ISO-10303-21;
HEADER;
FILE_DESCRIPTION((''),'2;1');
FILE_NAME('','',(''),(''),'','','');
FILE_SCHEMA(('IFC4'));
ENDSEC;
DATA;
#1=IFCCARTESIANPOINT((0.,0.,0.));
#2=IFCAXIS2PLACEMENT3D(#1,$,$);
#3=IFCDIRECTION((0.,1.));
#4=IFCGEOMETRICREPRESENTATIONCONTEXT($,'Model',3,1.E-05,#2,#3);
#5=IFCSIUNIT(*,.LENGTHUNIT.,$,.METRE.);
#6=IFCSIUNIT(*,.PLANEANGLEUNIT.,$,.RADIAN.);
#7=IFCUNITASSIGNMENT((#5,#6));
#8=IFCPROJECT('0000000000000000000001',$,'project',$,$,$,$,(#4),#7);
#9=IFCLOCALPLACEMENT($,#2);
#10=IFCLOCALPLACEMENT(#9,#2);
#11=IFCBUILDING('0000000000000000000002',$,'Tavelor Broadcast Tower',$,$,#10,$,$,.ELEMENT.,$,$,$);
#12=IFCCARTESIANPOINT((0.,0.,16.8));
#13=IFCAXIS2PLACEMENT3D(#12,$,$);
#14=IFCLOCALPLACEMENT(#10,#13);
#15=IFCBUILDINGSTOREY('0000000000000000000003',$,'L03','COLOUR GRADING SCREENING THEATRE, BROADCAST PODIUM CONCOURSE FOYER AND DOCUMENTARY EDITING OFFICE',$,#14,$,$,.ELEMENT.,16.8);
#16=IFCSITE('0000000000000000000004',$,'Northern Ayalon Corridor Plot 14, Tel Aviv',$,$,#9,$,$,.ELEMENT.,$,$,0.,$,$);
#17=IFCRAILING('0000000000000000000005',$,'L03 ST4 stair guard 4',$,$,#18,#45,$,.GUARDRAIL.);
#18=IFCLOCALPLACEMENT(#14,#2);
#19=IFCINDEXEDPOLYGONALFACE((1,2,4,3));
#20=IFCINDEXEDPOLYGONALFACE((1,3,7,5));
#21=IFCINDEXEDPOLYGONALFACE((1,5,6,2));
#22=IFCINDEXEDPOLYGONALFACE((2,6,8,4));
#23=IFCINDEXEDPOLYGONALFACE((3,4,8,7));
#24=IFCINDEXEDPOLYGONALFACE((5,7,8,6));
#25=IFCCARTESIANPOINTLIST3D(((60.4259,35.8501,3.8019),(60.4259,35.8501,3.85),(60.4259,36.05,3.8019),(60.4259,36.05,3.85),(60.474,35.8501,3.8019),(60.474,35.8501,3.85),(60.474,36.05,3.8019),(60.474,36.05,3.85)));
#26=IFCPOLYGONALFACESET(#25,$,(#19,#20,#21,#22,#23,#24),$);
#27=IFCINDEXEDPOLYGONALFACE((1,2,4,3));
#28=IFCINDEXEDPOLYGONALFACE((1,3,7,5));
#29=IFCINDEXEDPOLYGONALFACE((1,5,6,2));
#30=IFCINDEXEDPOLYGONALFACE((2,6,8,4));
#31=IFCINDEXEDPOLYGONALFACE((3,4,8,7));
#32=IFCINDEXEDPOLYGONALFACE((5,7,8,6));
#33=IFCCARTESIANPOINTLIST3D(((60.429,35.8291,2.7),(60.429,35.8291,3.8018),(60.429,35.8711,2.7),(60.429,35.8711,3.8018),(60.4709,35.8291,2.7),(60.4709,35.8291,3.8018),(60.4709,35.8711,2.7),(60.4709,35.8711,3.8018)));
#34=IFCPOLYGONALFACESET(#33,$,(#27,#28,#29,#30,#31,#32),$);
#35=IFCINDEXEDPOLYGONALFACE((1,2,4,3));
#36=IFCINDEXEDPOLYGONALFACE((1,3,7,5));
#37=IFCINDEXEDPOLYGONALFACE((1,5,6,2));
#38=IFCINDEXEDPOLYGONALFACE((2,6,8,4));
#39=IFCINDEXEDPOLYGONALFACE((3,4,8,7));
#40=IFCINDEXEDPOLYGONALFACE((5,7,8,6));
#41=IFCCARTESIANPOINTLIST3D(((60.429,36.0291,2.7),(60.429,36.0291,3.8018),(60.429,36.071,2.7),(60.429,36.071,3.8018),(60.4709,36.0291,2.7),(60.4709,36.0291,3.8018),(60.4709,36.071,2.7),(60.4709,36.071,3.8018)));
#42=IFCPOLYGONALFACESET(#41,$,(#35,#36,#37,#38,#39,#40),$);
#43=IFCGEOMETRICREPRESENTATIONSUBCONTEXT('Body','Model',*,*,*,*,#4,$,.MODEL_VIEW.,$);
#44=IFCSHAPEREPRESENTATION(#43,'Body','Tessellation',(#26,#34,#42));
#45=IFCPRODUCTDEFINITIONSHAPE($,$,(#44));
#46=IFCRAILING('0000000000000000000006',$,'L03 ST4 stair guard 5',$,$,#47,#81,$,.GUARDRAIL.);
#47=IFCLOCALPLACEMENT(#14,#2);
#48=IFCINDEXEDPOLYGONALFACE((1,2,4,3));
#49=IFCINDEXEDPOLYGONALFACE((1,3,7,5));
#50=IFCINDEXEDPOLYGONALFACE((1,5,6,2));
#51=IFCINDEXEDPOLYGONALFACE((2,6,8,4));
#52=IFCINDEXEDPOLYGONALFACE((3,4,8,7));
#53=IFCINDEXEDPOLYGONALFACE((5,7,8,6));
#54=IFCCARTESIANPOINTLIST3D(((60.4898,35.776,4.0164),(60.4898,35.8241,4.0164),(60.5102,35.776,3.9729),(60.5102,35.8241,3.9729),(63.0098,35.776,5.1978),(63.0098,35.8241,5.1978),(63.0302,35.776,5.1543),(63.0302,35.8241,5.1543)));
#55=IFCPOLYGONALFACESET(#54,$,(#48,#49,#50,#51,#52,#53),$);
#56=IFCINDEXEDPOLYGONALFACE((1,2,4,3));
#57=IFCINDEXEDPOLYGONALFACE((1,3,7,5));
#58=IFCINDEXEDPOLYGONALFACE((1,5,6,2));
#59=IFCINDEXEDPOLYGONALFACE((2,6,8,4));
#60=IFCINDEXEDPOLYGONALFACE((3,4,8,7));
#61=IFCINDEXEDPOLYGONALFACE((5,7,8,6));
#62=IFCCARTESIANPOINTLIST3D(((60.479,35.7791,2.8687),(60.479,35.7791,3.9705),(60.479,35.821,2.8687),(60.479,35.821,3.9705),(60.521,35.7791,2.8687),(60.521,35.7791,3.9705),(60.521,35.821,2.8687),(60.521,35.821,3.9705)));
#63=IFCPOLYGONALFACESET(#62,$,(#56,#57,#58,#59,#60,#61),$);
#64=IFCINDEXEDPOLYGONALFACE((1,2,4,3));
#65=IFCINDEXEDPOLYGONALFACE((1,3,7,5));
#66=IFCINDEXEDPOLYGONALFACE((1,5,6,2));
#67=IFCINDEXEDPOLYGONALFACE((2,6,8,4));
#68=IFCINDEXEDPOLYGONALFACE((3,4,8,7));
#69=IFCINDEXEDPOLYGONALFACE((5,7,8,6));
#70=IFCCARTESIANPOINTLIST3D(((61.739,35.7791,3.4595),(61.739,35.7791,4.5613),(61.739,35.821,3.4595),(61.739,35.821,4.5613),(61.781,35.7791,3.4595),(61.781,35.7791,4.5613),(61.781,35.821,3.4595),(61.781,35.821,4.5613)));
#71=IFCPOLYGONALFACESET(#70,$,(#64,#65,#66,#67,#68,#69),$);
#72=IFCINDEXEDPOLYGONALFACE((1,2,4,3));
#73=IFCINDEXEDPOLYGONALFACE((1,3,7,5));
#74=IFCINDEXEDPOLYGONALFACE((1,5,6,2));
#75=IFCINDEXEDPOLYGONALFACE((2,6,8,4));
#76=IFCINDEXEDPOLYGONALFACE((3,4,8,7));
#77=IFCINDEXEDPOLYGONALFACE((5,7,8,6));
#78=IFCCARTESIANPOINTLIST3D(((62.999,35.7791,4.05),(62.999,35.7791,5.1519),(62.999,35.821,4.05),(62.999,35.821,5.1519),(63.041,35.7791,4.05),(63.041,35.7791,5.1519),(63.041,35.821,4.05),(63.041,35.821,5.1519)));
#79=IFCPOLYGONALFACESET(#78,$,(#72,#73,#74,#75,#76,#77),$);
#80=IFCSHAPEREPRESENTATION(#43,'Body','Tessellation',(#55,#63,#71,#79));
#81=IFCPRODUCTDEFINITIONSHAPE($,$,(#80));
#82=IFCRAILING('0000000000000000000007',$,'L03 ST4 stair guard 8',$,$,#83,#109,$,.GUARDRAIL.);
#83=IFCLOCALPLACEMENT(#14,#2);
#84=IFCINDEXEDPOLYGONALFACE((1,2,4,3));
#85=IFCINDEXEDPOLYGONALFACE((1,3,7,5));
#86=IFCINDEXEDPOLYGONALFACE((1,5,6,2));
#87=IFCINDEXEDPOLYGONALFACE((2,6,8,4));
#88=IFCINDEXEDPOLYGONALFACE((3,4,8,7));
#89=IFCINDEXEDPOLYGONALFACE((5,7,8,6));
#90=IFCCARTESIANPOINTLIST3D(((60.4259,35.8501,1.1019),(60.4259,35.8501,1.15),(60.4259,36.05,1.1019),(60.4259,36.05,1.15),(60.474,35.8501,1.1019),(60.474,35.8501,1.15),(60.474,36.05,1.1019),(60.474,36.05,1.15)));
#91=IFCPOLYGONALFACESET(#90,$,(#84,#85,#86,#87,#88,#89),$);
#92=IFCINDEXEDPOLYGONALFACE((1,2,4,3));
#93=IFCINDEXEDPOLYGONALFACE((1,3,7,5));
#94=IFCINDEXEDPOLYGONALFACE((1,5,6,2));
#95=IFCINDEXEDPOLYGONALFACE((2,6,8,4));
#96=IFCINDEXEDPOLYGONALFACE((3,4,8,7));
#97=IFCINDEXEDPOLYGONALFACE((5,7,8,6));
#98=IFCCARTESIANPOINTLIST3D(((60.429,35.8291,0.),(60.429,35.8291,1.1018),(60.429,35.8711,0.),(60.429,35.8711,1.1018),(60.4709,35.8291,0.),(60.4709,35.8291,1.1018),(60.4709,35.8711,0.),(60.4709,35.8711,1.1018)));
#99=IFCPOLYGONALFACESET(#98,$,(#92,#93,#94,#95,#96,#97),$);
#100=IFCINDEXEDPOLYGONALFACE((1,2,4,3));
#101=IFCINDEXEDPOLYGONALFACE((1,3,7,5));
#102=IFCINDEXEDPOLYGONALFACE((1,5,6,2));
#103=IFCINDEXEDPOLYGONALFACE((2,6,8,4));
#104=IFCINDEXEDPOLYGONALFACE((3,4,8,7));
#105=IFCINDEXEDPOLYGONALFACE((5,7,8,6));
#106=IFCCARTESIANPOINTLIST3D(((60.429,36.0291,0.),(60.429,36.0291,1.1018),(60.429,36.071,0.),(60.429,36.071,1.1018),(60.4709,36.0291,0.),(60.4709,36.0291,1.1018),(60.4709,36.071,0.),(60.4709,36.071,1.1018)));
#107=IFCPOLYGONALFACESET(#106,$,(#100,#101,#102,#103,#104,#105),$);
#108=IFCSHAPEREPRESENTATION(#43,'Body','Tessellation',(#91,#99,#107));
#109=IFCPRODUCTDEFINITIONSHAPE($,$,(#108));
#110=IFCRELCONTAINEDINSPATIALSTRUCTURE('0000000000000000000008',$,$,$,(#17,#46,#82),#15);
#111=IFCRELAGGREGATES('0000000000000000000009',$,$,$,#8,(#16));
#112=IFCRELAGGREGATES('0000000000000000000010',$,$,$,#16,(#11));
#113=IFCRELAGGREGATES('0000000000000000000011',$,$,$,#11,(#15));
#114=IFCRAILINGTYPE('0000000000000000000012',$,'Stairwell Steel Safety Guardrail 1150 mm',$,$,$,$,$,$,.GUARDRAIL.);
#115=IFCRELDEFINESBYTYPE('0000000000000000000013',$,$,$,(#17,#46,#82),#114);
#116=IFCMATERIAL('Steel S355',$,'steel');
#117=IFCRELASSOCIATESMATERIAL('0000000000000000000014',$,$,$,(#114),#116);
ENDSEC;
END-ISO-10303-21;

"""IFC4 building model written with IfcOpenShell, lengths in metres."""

from ifc_helpers import new_model, si_unit, direction, frame, origin, origin_2d, place, context, subcontext, project, spatial, rectangle, extrude, material, type_object, element, save


model = new_model("IFC4")

# Units and contexts
model_context = context("Model", 3, precision=1e-05, world=origin(), true_north=direction((0.0, 1.0)))
body_context = subcontext(model_context, "Body", "Model", "MODEL_VIEW")
ifc_project = project(units=[si_unit("LENGTHUNIT", "METRE"), si_unit("PLANEANGLEUNIT", "RADIAN")], contexts=[model_context])

# Site, building, storey
site_placement = place(None, origin())
site = spatial("IfcSite", under=ifc_project, at=site_placement, Name="Northern Ayalon Corridor Plot 14, Tel Aviv", CompositionType="ELEMENT", RefElevation=0.0)
building_placement = place(site_placement, origin())
building = spatial("IfcBuilding", under=site, at=building_placement, Name="Tavelor Broadcast Tower", CompositionType="ELEMENT")
storey_placement = place(building_placement, frame((0.0, 0.0, 16.8)))
storey = spatial("IfcBuildingStorey", under=building, at=storey_placement, Name="L03", Description="COLOUR GRADING SCREENING THEATRE, BROADCAST PODIUM CONCOURSE FOYER AND DOCUMENTARY EDITING OFFICE", CompositionType="ELEMENT", Elevation=16.8)

# Shared definitions
ifc_material_1 = material(Name="Steel S355", Category="steel")

# Railings
railing_type_1 = type_object("IfcRailingType", Name="Stairwell Steel Safety Guardrail 1150 mm", PredefinedType="GUARDRAIL", material=ifc_material_1)
railing_1_placement = place(storey_placement, frame((60.45, 35.8501, 2.7)))
element("IfcRailing", 1, at=railing_1_placement, inside=storey, type_object=railing_type_1, Name="L03 ST4 stair guard 4", PredefinedType="GUARDRAIL", context=body_context, shape_type="SweptSolid", body=[
    extrude(rectangle(XDim=0.0481, YDim=0.0481, at=origin_2d()), frame((0.0, 0.0, 1.126), z_axis=(0.0, 1.0, 0.0), x_axis=(-1.0, 0.0, 0.0)), (0.0, 0.0, 1.0), 0.2),
    extrude(rectangle(XDim=0.042, YDim=0.042, at=origin_2d()), origin(), (0.0, 0.0, 1.0), 1.1018),
    extrude(rectangle(XDim=0.042, YDim=0.042, at=origin_2d()), frame((0.0, 0.2, 0.0)), (0.0, 0.0, 1.0), 1.1018),
])
railing_2_placement = place(storey_placement, frame((60.5, 35.8, 2.8687)))
element("IfcRailing", 2, at=railing_2_placement, inside=storey, type_object=railing_type_1, Name="L03 ST4 stair guard 5", PredefinedType="GUARDRAIL", context=body_context, shape_type="SweptSolid", body=[
    extrude(rectangle(XDim=0.0481, YDim=0.0481, at=origin_2d()), frame((0.0, 0.0, 1.126), z_axis=(0.90544, 0.0, 0.424474), x_axis=(0.0, 1.0, 0.0)), (0.0, 0.0, 1.0), 2.7832),
    extrude(rectangle(XDim=0.042, YDim=0.042, at=origin_2d()), origin(), (0.0, 0.0, 1.0), 1.1018),
    extrude(rectangle(XDim=0.042, YDim=0.042, at=origin_2d()), frame((1.26, 0.0, 0.5908)), (0.0, 0.0, 1.0), 1.1018),
    extrude(rectangle(XDim=0.042, YDim=0.042, at=origin_2d()), frame((2.52, 0.0, 1.1814)), (0.0, 0.0, 1.0), 1.1018),
])
railing_3_placement = place(storey_placement, frame((60.45, 35.8501, 0.0)))
element("IfcRailing", 3, at=railing_3_placement, inside=storey, type_object=railing_type_1, Name="L03 ST4 stair guard 8", PredefinedType="GUARDRAIL", context=body_context, shape_type="SweptSolid", body=[
    extrude(rectangle(XDim=0.0481, YDim=0.0481, at=origin_2d()), frame((0.0, 0.0, 1.126), z_axis=(0.0, 1.0, 0.0), x_axis=(-1.0, 0.0, 0.0)), (0.0, 0.0, 1.0), 0.2),
    extrude(rectangle(XDim=0.042, YDim=0.042, at=origin_2d()), origin(), (0.0, 0.0, 1.0), 1.1018),
    extrude(rectangle(XDim=0.042, YDim=0.042, at=origin_2d()), frame((0.0, 0.2, 0.0)), (0.0, 0.0, 1.0), 1.1018),
])

save(model, "model.ifc")
